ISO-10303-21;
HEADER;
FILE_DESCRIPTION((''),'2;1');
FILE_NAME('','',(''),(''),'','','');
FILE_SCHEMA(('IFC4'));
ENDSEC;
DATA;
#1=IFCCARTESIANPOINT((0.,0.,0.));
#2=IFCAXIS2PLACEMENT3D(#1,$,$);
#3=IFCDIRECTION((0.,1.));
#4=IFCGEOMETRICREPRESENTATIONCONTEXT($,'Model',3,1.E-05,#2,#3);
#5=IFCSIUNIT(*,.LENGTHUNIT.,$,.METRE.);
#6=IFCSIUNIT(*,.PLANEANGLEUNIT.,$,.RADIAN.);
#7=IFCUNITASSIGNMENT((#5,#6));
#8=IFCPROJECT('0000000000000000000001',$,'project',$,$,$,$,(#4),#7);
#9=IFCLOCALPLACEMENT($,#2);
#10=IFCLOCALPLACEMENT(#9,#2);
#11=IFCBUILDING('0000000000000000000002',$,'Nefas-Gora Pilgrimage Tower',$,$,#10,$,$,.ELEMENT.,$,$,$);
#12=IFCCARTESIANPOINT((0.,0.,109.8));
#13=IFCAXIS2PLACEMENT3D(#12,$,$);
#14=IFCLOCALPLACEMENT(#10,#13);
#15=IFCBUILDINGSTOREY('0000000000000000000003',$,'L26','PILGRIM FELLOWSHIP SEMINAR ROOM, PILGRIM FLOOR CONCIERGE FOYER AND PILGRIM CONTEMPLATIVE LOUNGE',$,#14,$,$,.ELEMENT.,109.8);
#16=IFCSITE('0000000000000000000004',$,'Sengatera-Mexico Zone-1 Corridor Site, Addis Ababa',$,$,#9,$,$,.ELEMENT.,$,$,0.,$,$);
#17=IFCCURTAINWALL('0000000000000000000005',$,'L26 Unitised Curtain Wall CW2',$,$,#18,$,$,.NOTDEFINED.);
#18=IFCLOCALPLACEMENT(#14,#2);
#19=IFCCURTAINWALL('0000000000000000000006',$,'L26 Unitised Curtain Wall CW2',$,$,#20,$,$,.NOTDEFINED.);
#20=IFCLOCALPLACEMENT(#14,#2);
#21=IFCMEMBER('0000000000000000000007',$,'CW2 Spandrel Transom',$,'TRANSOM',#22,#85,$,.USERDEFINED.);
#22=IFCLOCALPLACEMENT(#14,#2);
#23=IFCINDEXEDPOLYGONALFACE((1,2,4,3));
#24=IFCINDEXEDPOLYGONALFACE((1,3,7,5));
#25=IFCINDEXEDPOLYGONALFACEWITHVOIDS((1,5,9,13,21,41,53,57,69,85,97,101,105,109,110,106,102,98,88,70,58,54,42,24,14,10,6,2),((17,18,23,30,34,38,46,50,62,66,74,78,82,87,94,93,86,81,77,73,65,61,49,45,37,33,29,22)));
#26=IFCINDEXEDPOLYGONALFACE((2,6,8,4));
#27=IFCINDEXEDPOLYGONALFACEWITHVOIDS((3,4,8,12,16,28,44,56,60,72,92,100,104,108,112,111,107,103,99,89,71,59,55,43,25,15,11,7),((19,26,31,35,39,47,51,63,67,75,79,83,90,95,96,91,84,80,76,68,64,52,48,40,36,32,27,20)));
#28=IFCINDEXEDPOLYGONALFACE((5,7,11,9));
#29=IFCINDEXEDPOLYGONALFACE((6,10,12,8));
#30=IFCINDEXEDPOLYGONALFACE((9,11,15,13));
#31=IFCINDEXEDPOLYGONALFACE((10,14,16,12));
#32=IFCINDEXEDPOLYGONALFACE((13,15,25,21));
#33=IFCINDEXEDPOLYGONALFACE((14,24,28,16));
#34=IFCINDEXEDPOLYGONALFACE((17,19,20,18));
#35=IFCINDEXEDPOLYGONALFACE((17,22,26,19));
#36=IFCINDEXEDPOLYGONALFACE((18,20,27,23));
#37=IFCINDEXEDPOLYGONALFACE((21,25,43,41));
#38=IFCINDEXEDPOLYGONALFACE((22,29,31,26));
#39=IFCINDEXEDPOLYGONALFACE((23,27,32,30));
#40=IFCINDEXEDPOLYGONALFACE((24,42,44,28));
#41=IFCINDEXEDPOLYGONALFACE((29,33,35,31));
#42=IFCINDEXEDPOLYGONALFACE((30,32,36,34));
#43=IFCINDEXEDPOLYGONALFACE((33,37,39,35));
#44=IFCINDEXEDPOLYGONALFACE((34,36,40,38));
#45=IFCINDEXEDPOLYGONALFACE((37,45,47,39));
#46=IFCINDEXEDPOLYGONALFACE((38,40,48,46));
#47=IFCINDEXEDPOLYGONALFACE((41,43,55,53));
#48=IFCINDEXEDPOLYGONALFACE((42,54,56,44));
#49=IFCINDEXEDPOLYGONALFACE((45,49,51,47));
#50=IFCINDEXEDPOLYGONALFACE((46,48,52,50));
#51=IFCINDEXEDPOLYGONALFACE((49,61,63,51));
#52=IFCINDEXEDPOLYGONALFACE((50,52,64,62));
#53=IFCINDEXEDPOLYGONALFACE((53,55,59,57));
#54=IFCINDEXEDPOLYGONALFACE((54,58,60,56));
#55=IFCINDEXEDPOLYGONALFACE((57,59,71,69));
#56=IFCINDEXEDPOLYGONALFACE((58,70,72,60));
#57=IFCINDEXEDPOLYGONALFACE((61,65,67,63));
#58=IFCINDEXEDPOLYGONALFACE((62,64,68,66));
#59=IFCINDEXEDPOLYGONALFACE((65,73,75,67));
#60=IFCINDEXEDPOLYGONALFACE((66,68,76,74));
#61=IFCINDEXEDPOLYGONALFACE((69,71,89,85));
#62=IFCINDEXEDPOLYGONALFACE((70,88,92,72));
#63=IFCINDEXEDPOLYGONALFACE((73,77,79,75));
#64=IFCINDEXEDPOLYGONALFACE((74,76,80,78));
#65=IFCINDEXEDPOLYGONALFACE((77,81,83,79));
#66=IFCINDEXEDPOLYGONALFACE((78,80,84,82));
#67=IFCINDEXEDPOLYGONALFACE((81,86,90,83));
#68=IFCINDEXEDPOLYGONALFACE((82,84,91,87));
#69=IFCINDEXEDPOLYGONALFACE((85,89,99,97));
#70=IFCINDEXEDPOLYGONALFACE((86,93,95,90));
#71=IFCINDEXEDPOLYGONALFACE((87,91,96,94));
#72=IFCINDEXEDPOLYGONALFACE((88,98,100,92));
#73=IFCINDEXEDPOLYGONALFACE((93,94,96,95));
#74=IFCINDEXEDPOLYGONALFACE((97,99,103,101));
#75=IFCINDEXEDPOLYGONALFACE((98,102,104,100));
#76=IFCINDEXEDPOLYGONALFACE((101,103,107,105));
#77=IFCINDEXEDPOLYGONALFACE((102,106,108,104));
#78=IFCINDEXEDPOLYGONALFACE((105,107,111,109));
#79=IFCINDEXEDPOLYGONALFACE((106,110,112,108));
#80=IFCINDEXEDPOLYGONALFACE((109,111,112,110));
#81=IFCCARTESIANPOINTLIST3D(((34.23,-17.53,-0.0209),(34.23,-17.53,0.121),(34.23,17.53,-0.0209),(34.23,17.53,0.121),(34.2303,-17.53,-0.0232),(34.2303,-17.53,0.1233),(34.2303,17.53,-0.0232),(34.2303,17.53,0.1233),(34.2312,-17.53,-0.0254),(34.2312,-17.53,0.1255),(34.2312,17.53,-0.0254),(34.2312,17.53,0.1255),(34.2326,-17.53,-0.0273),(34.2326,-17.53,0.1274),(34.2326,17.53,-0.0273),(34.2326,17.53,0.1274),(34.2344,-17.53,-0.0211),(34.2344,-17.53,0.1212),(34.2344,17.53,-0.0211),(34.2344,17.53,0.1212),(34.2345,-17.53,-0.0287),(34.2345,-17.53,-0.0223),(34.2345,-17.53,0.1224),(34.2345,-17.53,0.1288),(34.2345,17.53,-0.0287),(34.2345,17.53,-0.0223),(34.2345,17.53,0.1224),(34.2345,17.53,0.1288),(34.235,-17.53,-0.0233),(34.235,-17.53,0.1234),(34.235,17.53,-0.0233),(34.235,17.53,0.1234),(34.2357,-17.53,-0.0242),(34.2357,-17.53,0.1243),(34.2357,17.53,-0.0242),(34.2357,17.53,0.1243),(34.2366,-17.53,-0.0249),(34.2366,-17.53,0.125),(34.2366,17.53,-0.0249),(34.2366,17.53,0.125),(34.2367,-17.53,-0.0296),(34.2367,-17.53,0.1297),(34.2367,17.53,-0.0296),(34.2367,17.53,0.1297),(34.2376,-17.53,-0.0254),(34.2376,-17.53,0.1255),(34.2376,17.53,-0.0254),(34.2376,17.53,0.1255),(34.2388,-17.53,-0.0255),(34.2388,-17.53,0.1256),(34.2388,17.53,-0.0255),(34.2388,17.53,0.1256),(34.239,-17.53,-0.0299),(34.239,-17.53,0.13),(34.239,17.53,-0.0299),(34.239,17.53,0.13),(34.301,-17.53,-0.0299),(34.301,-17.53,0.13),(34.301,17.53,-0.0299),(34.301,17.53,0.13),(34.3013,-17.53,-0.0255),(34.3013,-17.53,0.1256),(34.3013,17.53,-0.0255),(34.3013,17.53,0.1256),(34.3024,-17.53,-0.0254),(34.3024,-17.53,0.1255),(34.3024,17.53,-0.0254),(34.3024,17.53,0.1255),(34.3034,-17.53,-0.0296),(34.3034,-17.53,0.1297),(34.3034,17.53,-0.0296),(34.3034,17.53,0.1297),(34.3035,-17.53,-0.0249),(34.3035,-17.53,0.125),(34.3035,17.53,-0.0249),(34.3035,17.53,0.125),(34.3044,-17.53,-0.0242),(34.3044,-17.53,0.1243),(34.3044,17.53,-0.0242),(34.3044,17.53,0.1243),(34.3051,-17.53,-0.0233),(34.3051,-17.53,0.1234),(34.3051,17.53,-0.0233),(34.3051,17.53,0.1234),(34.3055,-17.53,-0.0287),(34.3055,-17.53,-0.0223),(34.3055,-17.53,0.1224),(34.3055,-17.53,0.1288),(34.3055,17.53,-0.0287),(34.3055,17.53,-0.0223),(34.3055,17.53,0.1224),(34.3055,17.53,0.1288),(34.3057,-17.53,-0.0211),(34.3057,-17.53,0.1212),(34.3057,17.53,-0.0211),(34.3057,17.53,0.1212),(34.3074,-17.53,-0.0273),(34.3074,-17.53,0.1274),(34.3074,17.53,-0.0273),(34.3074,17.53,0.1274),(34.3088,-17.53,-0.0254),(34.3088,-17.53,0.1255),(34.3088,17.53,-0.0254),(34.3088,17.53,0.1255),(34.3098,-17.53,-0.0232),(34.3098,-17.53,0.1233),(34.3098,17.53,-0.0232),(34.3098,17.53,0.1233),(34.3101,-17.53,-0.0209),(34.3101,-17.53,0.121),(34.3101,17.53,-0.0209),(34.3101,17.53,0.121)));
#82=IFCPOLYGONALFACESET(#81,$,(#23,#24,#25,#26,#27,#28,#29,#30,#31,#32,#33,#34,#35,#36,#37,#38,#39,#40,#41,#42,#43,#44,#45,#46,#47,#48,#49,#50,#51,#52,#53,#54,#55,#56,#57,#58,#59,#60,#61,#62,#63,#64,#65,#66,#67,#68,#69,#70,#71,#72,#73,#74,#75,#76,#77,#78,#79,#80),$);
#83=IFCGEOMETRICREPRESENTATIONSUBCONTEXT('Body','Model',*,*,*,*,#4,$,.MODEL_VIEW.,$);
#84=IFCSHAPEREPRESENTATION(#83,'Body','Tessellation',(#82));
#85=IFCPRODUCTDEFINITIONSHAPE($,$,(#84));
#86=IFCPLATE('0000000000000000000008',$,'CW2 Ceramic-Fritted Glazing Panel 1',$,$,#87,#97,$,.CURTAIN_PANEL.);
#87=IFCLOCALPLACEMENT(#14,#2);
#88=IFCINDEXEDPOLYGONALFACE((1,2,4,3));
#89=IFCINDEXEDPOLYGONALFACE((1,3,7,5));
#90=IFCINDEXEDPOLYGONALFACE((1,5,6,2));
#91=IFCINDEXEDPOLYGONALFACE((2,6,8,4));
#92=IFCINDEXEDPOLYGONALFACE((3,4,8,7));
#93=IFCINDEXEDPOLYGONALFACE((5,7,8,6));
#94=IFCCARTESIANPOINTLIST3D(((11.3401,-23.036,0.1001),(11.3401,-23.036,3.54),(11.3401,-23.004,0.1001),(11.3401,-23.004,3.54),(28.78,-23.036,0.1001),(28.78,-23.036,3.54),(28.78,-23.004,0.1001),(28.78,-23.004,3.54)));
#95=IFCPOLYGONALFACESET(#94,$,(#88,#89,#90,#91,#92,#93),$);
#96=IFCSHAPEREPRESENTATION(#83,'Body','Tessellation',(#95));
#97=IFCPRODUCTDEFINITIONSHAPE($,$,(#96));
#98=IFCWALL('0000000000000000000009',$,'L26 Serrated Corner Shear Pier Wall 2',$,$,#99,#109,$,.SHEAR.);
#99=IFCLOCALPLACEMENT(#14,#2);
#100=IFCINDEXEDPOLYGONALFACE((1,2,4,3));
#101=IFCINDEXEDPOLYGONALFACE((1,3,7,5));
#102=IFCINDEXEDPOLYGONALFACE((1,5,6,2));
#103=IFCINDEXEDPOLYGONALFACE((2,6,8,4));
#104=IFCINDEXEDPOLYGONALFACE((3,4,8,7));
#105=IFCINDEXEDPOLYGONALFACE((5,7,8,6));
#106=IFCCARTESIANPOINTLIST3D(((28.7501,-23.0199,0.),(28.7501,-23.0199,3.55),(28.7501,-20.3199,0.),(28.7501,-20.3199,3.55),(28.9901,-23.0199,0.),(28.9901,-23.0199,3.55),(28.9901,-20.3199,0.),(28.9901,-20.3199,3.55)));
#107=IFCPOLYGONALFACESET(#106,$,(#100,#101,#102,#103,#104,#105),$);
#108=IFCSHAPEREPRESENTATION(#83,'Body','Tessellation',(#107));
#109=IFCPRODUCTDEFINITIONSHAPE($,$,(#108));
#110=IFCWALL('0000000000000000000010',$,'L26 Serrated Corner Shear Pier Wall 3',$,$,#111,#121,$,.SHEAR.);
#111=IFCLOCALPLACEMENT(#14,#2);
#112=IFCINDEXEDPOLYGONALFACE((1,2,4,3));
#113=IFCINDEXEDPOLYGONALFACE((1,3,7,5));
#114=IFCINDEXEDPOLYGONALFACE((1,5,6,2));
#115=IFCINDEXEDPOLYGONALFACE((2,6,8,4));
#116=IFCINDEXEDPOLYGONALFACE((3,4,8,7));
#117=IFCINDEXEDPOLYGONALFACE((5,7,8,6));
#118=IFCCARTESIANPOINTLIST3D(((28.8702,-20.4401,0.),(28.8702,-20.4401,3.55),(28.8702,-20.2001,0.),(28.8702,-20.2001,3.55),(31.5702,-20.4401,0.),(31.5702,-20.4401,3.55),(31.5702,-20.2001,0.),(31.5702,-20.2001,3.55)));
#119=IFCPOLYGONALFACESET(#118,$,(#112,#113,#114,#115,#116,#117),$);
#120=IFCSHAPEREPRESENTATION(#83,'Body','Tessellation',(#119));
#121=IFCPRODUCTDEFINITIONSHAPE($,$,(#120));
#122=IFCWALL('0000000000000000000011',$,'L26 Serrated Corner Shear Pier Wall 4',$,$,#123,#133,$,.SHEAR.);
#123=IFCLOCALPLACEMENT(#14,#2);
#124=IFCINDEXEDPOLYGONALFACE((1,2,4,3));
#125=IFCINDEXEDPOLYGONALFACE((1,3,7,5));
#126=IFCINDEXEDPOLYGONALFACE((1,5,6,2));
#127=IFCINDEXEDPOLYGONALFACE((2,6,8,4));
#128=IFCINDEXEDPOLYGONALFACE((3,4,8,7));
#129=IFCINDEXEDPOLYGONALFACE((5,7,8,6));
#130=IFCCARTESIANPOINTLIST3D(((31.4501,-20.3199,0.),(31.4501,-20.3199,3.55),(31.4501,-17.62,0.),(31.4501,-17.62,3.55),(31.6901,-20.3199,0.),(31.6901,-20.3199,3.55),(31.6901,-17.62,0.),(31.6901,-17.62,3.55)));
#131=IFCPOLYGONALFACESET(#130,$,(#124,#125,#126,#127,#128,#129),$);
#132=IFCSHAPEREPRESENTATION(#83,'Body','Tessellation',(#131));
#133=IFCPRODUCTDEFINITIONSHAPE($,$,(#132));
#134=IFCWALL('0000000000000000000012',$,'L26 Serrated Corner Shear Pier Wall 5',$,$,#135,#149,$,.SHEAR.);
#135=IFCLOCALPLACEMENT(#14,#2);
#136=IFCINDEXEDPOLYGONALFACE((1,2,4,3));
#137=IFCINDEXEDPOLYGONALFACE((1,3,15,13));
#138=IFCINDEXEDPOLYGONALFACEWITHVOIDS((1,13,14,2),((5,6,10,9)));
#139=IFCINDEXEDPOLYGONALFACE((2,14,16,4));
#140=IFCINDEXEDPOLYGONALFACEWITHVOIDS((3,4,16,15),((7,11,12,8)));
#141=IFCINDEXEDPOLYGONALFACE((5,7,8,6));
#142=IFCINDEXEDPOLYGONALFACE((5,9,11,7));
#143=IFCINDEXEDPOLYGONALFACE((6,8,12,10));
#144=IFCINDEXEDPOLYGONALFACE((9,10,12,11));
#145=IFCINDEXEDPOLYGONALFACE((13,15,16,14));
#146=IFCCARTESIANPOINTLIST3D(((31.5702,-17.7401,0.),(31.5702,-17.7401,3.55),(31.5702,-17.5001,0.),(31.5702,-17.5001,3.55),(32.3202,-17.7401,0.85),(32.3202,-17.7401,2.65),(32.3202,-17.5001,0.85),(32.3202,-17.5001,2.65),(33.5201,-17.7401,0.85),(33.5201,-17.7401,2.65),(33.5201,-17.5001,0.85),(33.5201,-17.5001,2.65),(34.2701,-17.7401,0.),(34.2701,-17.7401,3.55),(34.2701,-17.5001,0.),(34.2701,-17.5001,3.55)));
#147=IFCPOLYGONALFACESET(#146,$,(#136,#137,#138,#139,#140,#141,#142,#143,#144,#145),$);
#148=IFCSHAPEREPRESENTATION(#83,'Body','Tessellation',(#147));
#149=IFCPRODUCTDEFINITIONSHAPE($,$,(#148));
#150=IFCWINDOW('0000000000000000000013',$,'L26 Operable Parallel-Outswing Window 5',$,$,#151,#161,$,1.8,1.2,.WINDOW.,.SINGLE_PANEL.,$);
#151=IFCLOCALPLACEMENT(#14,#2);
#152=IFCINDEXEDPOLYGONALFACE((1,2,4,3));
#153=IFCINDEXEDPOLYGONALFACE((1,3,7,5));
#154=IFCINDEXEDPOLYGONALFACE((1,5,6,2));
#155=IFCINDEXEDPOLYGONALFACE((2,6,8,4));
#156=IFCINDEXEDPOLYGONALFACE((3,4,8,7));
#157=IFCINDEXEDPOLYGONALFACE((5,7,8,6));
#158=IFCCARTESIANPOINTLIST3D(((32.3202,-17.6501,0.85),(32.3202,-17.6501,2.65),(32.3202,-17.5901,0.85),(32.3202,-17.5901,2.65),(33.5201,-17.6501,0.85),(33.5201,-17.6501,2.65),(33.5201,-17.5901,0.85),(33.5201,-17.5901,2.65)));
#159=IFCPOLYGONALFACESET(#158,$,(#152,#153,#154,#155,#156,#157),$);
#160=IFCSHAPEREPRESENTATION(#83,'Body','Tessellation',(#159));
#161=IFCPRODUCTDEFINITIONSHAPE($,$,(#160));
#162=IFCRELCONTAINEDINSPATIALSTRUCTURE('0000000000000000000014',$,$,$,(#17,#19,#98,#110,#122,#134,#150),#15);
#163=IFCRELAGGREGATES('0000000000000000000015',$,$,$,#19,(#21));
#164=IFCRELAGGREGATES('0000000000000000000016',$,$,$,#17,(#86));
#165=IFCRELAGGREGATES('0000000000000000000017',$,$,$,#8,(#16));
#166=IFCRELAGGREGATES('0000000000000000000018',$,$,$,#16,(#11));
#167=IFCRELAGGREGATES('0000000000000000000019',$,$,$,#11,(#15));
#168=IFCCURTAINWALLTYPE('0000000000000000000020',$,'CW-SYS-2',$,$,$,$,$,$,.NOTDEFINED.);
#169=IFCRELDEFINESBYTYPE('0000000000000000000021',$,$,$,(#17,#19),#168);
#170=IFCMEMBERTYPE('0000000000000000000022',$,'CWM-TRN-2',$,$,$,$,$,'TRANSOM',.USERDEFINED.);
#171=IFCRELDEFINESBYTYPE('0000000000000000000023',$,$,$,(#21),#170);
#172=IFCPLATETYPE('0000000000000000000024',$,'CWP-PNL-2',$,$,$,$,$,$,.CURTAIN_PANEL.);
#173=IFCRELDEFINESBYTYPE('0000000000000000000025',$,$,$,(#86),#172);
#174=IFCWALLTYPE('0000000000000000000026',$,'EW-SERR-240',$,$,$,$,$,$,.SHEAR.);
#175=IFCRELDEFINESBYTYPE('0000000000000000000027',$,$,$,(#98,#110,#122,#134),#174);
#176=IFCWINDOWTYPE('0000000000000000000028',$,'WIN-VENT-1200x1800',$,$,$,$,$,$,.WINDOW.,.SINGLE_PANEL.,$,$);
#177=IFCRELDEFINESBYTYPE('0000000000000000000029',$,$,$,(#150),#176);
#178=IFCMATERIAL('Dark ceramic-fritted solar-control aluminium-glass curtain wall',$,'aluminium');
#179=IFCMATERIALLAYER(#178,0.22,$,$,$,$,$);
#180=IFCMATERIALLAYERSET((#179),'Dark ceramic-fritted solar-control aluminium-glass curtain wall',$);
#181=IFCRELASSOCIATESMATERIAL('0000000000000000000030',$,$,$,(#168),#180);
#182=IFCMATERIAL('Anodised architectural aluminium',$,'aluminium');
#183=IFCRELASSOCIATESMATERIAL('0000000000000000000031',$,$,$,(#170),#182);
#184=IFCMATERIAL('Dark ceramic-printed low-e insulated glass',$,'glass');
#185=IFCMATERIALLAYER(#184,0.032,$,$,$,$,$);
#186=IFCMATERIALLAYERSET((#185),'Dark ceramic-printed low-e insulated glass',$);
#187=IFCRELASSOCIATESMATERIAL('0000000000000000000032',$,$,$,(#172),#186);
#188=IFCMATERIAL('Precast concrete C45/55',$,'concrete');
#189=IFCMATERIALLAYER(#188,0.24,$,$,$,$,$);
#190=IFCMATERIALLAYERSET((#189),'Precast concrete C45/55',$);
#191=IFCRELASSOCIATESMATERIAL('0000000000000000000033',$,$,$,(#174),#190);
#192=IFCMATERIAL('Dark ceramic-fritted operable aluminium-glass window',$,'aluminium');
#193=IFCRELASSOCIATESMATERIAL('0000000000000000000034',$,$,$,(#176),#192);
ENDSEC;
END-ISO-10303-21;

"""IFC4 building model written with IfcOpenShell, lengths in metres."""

from ifc_helpers import new_model, si_unit, direction, frame, frame_2d, origin, origin_2d, place, context, subcontext, project, spatial, rectangle, hollow_rectangle, extrude, source, transform, mapped, material, layer, layer_set, material_profile, profile_set, type_object, element, fill, aggregate, save


model = new_model("IFC4")

# Units and contexts
model_context = context("Model", 3, precision=1e-05, world=origin(), true_north=direction((0.0, 1.0)))
body_context = subcontext(model_context, "Body", "Model", "MODEL_VIEW")
ifc_project = project(units=[si_unit("LENGTHUNIT", "METRE"), si_unit("PLANEANGLEUNIT", "RADIAN")], contexts=[model_context])

# Site, building, storey
site_placement = place(None, origin())
site = spatial("IfcSite", under=ifc_project, at=site_placement, Name="Sengatera-Mexico Zone-1 Corridor Site, Addis Ababa", CompositionType="ELEMENT", RefElevation=0.0)
building_placement = place(site_placement, origin())
building = spatial("IfcBuilding", under=site, at=building_placement, Name="Nefas-Gora Pilgrimage Tower", CompositionType="ELEMENT")
storey_placement = place(building_placement, frame((0.0, 0.0, 109.8)))
storey = spatial("IfcBuildingStorey", under=building, at=storey_placement, Name="L26", Description="PILGRIM FELLOWSHIP SEMINAR ROOM, PILGRIM FLOOR CONCIERGE FOYER AND PILGRIM CONTEMPLATIVE LOUNGE", CompositionType="ELEMENT", Elevation=109.8)

# Curtain wall
ifc_material_1 = material(Name="Dark ceramic-fritted solar-control aluminium-glass curtain wall", Category="aluminium")
ifc_layer_1 = layer(ifc_material_1, 0.22)
ifc_layer_set_1 = layer_set([ifc_layer_1], Name="Dark ceramic-fritted solar-control aluminium-glass curtain wall")
curtain_wall_type = type_object("IfcCurtainWallType", Name="CW-SYS-2", PredefinedType="NOTDEFINED", material=ifc_layer_set_1)
curtain_wall_1_placement = place(storey_placement, origin())
curtain_wall_1 = element("IfcCurtainWall", 1, at=curtain_wall_1_placement, inside=storey, type_object=curtain_wall_type, Name="L26 Unitised Curtain Wall CW2", PredefinedType="NOTDEFINED")
ifc_material_2 = material(Name="Anodised architectural aluminium", Category="aluminium")

# Curtain wall, member
curtain_wall_2_placement = place(storey_placement, origin())
curtain_wall_2 = element("IfcCurtainWall", 2, at=curtain_wall_2_placement, inside=storey, type_object=curtain_wall_type, Name="L26 Unitised Curtain Wall CW2", PredefinedType="NOTDEFINED")
ifc_material_profile_1 = material_profile(ifc_material_2, hollow_rectangle(XDim=0.0801, YDim=0.1599, WallThickness=0.0044, InnerFilletRadius=0.0044, OuterFilletRadius=0.009, at=origin_2d()), Name="ALU TRANSOM 80x160")
ifc_profile_set_1 = profile_set([ifc_material_profile_1], Name="Anodised architectural aluminium")
member_type_1 = type_object("IfcMemberType", Name="CWM-TRN-2", ElementType="TRANSOM", PredefinedType="USERDEFINED", material=ifc_profile_set_1)
shared_shape_1 = source(origin(), body_context, "Body", "SweptSolid", [
    extrude(hollow_rectangle(XDim=0.0801, YDim=0.1599, WallThickness=0.0044, InnerFilletRadius=0.0044, OuterFilletRadius=0.009, at=origin_2d()), origin(), (0.0, 0.0, 1.0), 35.0601),
])
member_1_placement = place(storey_placement, frame((34.27, -17.53, 0.05), z_axis=(0.0, 1.0, 0.0), x_axis=(-1.0, 0.0, 0.0)))
member_1 = element("IfcMember", 3, at=member_1_placement, type_object=member_type_1, Name="CW2 Spandrel Transom", ObjectType="TRANSOM", PredefinedType="USERDEFINED", context=body_context, shape_type="MappedRepresentation", body=[
    mapped(shared_shape_1, transform((0.0, 0.0, 0.0), x_axis=(1.0, 0.0, 0.0), y_axis=(0.0, 1.0, 0.0), z_axis=(0.0, 0.0, 1.0), scale=1.0)),
])
aggregate(curtain_wall_2, [member_1])

# Plate
ifc_material_3 = material(Name="Dark ceramic-printed low-e insulated glass", Category="glass")
ifc_layer_2 = layer(ifc_material_3, 0.032)
ifc_layer_set_2 = layer_set([ifc_layer_2], Name="Dark ceramic-printed low-e insulated glass")
plate_type = type_object("IfcPlateType", Name="CWP-PNL-2", PredefinedType="CURTAIN_PANEL", material=ifc_layer_set_2)
shared_shape_2 = source(origin(), body_context, "Body", "SweptSolid", [
    extrude(rectangle(XDim=17.4399, YDim=0.032, at=origin_2d()), origin(), (0.0, 0.0, 1.0), 3.4399),
])
plate_placement = place(storey_placement, frame((20.0601, -23.02, 0.1001), z_axis=(0.0, 0.0, 1.0), x_axis=(1.0, 0.0, 0.0)))
plate = element("IfcPlate", 4, at=plate_placement, type_object=plate_type, Name="CW2 Ceramic-Fritted Glazing Panel 1", PredefinedType="CURTAIN_PANEL", context=body_context, shape_type="MappedRepresentation", body=[
    mapped(shared_shape_2, transform((0.0, 0.0, 0.0), x_axis=(1.0, 0.0, 0.0), y_axis=(0.0, 1.0, 0.0), z_axis=(0.0, 0.0, 1.0), scale=1.0)),
])
aggregate(curtain_wall_1, [plate])

# Walls
ifc_material_4 = material(Name="Precast concrete C45/55", Category="concrete")
ifc_layer_3 = layer(ifc_material_4, 0.24)
ifc_layer_set_3 = layer_set([ifc_layer_3], Name="Precast concrete C45/55")
wall_type = type_object("IfcWallType", Name="EW-SERR-240", PredefinedType="SHEAR", material=ifc_layer_set_3)
shared_shape_3 = source(origin(), body_context, "Body", "SweptSolid", [
    extrude(rectangle(XDim=2.7, YDim=0.24, at=frame_2d((1.3501, 0.0))), origin(), (0.0, 0.0, 1.0), 3.55),
])
for number, where, z_axis, x_axis, name in (
    (5, (28.8701, -23.02, 0.0), (0.0, 0.0, 1.0), (0.0, 1.0, 0.0), "L26 Serrated Corner Shear Pier Wall 2"),
    (6, (28.8701, -20.3201, 0.0), (0.0, 0.0, 1.0), (1.0, 0.0, 0.0), "L26 Serrated Corner Shear Pier Wall 3"),
    (7, (31.5701, -20.3201, 0.0), (0.0, 0.0, 1.0), (0.0, 1.0, 0.0), "L26 Serrated Corner Shear Pier Wall 4"),
):
    element("IfcWall", number, at=place(storey_placement, frame(where, z_axis=z_axis, x_axis=x_axis)), inside=storey, type_object=wall_type, Name=name, PredefinedType="SHEAR", context=body_context, shape_type="MappedRepresentation", body=[
        mapped(shared_shape_3, transform((0.0, 0.0, 0.0), x_axis=(1.0, 0.0, 0.0), y_axis=(0.0, 1.0, 0.0), z_axis=(0.0, 0.0, 1.0), scale=1.0)),
    ])

# Wall, opening, window
wall_placement = place(storey_placement, frame((31.5701, -17.6201, 0.0), z_axis=(0.0, 0.0, 1.0), x_axis=(1.0, 0.0, 0.0)))
wall = element("IfcWall", 8, at=wall_placement, inside=storey, type_object=wall_type, Name="L26 Serrated Corner Shear Pier Wall 5", PredefinedType="SHEAR", context=body_context, shape_type="MappedRepresentation", body=[
    mapped(shared_shape_3, transform((0.0, 0.0, 0.0), x_axis=(1.0, 0.0, 0.0), y_axis=(0.0, 1.0, 0.0), z_axis=(0.0, 0.0, 1.0), scale=1.0)),
])
opening_placement = place(wall_placement, frame((0.75, 0.0, 0.8501)))
opening = element("IfcOpeningElement", 9, at=opening_placement, cuts=wall, PredefinedType="OPENING", context=body_context, shape_type="SweptSolid", body=[
    extrude(rectangle(XDim=1.2, YDim=1.8, at=frame_2d((0.6001, 0.8999))), frame((0.0, 0.1299, 0.0), z_axis=(0.0, -1.0, 0.0), x_axis=(1.0, 0.0, 0.0)), (0.0, 0.0, 1.0), 0.26),
])
ifc_material_5 = material(Name="Dark ceramic-fritted operable aluminium-glass window", Category="aluminium")
window_type = type_object("IfcWindowType", Name="WIN-VENT-1200x1800", PartitioningType="SINGLE_PANEL", PredefinedType="WINDOW", material=ifc_material_5)
shared_shape_4 = source(origin(), body_context, "Body", "SweptSolid", [
    extrude(rectangle(XDim=1.2, YDim=1.8, at=frame_2d((0.6001, 0.8999))), frame((0.0, 0.03, 0.0), z_axis=(0.0, -1.0, 0.0), x_axis=(1.0, 0.0, 0.0)), (0.0, 0.0, 1.0), 0.0601),
])
window_placement = place(opening_placement, origin())
window = element("IfcWindow", 10, at=window_placement, inside=storey, type_object=window_type, Name="L26 Operable Parallel-Outswing Window 5", OverallHeight=1.8, OverallWidth=1.2, PartitioningType="SINGLE_PANEL", PredefinedType="WINDOW", context=body_context, shape_type="MappedRepresentation", body=[
    mapped(shared_shape_4, transform((0.0, 0.0, 0.0), x_axis=(1.0, 0.0, 0.0), y_axis=(0.0, 1.0, 0.0), z_axis=(0.0, 0.0, 1.0), scale=1.0)),
])
fill(opening, window)

save(model, "model.ifc")
